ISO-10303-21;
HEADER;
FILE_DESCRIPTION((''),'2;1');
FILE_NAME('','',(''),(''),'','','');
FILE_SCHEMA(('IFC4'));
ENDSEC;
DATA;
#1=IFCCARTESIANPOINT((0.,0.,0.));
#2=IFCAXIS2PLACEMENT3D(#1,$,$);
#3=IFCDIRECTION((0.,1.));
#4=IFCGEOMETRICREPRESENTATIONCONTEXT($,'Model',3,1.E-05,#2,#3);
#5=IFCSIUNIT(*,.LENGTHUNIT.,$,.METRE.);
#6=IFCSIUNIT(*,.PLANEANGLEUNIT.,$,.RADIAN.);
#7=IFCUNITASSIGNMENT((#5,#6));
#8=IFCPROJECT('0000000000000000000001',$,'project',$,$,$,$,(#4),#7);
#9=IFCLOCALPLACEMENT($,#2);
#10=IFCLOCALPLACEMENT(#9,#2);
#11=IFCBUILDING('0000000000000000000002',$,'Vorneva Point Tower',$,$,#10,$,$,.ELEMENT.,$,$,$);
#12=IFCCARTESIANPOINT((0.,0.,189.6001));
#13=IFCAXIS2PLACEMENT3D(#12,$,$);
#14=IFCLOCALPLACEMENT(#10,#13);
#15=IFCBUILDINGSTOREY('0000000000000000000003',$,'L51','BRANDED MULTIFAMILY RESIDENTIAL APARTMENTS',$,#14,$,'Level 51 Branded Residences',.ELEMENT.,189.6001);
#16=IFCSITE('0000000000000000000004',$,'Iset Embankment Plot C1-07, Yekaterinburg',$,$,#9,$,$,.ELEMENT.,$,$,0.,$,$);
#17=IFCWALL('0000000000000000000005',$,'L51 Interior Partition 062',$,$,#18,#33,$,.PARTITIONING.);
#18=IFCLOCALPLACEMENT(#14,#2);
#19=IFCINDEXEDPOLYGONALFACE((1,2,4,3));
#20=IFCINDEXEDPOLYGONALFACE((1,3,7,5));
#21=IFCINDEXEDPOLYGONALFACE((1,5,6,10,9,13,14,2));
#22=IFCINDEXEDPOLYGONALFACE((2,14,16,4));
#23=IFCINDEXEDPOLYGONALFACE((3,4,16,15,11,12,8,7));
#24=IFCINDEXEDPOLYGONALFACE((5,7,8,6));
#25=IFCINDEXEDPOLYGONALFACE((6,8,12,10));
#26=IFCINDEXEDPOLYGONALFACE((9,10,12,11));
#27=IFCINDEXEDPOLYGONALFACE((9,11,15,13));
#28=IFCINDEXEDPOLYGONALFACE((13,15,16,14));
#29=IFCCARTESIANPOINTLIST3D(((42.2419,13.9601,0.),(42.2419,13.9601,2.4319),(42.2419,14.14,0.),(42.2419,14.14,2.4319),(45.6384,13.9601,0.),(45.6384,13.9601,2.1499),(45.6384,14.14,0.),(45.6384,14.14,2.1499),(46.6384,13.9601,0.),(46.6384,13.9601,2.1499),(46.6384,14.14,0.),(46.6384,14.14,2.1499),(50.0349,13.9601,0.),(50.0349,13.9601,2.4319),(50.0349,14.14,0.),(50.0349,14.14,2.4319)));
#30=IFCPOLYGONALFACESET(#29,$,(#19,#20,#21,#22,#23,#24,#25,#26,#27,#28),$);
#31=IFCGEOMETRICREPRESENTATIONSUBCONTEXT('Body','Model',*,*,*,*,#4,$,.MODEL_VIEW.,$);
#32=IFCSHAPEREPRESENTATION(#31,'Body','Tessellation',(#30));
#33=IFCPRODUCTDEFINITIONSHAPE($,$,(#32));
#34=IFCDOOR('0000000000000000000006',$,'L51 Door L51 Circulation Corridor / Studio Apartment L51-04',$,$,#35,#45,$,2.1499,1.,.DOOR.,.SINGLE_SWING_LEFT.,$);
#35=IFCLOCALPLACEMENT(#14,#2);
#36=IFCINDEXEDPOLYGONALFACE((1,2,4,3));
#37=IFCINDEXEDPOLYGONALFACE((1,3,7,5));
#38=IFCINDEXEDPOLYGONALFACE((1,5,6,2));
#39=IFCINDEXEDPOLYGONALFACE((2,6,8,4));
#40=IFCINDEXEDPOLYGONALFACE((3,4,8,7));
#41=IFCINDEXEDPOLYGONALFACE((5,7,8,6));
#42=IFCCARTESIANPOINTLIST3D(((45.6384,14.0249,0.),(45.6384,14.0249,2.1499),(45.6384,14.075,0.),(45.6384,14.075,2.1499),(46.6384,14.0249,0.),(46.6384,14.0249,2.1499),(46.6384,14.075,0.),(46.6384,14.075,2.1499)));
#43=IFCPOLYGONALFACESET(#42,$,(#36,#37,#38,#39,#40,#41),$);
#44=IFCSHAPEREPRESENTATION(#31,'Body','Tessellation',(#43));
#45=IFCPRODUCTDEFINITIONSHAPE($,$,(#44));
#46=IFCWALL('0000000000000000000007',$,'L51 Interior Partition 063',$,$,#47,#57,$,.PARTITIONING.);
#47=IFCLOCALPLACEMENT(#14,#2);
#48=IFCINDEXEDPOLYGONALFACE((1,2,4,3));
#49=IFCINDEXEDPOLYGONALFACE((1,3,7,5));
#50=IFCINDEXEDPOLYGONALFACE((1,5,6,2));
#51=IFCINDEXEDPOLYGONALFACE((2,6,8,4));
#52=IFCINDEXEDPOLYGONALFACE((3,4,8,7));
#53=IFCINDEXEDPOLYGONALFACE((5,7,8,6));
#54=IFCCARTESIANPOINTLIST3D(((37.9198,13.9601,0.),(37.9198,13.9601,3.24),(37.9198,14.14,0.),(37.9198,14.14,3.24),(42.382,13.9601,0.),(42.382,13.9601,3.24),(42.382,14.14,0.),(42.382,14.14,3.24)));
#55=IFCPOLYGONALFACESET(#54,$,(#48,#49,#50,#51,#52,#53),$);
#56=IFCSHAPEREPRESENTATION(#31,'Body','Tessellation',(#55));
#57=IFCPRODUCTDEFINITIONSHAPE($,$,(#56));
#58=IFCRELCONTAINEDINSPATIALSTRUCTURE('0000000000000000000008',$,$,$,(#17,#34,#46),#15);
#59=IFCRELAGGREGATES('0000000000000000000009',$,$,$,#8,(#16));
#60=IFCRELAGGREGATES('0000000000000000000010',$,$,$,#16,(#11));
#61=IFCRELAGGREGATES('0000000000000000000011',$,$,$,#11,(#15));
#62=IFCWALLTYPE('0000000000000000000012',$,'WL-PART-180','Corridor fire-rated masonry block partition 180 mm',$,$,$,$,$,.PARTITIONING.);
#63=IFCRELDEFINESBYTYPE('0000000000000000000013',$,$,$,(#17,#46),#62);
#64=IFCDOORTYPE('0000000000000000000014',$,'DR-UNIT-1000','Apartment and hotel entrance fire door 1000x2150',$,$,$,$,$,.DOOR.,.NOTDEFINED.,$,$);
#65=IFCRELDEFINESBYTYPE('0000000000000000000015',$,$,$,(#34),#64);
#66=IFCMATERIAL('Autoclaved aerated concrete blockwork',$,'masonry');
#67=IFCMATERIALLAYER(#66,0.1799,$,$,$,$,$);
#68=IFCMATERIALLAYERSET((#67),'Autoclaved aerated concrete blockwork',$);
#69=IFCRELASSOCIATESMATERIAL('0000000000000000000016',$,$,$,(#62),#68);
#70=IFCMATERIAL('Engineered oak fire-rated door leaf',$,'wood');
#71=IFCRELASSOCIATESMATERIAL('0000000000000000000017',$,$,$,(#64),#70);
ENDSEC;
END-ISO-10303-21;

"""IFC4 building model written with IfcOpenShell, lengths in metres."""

from ifc_helpers import new_model, si_unit, direction, frame, frame_2d, origin, place, context, subcontext, project, spatial, rectangle, extrude, material, layer, layer_set, type_object, element, fill, save


model = new_model("IFC4")

# Units and contexts
model_context = context("Model", 3, precision=1e-05, world=origin(), true_north=direction((0.0, 1.0)))
body_context = subcontext(model_context, "Body", "Model", "MODEL_VIEW")
ifc_project = project(units=[si_unit("LENGTHUNIT", "METRE"), si_unit("PLANEANGLEUNIT", "RADIAN")], contexts=[model_context])

# Site, building, storey
site_placement = place(None, origin())
site = spatial("IfcSite", under=ifc_project, at=site_placement, Name="Iset Embankment Plot C1-07, Yekaterinburg", CompositionType="ELEMENT", RefElevation=0.0)
building_placement = place(site_placement, origin())
building = spatial("IfcBuilding", under=site, at=building_placement, Name="Vorneva Point Tower", CompositionType="ELEMENT")
storey_placement = place(building_placement, frame((0.0, 0.0, 189.6001)))
storey = spatial("IfcBuildingStorey", under=building, at=storey_placement, Name="L51", Description="BRANDED MULTIFAMILY RESIDENTIAL APARTMENTS", LongName="Level 51 Branded Residences", CompositionType="ELEMENT", Elevation=189.6001)

# Shared definitions
ifc_material_1 = material(Name="Engineered oak fire-rated door leaf", Category="wood")

# Wall, opening, door
ifc_material_2 = material(Name="Autoclaved aerated concrete blockwork", Category="masonry")
ifc_layer_1 = layer(ifc_material_2, 0.1799)
ifc_layer_set_1 = layer_set([ifc_layer_1], Name="Autoclaved aerated concrete blockwork")
wall_type_1 = type_object("IfcWallType", Name="WL-PART-180", Description="Corridor fire-rated masonry block partition 180 mm", PredefinedType="PARTITIONING", material=ifc_layer_set_1)
wall_1_placement = place(storey_placement, frame((42.2419, 14.05, 0.0), z_axis=(0.0, 0.0, 1.0), x_axis=(1.0, 0.0, 0.0)))
wall_1 = element("IfcWall", 1, at=wall_1_placement, inside=storey, type_object=wall_type_1, Name="L51 Interior Partition 062", PredefinedType="PARTITIONING", context=body_context, shape_type="SweptSolid", body=[
    extrude(rectangle(XDim=7.793, YDim=0.1799, at=frame_2d((3.8965, 0.0))), origin(), (0.0, 0.0, 1.0), 2.4319),
])
opening_1_placement = place(wall_1_placement, frame((3.3965, 0.0, 0.0)))
opening_1 = element("IfcOpeningElement", 2, at=opening_1_placement, cuts=wall_1, PredefinedType="OPENING", context=body_context, shape_type="SweptSolid", body=[
    extrude(rectangle(XDim=1.0, YDim=2.1499, at=frame_2d((0.5, 1.075))), frame((0.0, 0.105, 0.0), z_axis=(0.0, -1.0, 0.0), x_axis=(1.0, 0.0, 0.0)), (0.0, 0.0, 1.0), 0.2097),
])
door_type_1 = type_object("IfcDoorType", Name="DR-UNIT-1000", Description="Apartment and hotel entrance fire door 1000x2150", OperationType="NOTDEFINED", PredefinedType="DOOR", material=ifc_material_1)
door_1_placement = place(opening_1_placement, origin())
door_1 = element("IfcDoor", 3, at=door_1_placement, inside=storey, type_object=door_type_1, Name="L51 Door L51 Circulation Corridor / Studio Apartment L51-04", OperationType="SINGLE_SWING_LEFT", OverallHeight=2.1499, OverallWidth=1.0, PredefinedType="DOOR", context=body_context, shape_type="SweptSolid", body=[
    extrude(rectangle(XDim=1.0, YDim=2.1499, at=frame_2d((0.5, 1.075))), frame((0.0, 0.0249, 0.0), z_axis=(0.0, -1.0, 0.0), x_axis=(1.0, 0.0, 0.0)), (0.0, 0.0, 1.0), 0.05),
])
fill(opening_1, door_1)

# Wall
wall_2_placement = place(storey_placement, frame((37.9199, 14.05, 0.0), z_axis=(0.0, 0.0, 1.0), x_axis=(1.0, 0.0, 0.0)))
element("IfcWall", 4, at=wall_2_placement, inside=storey, type_object=wall_type_1, Name="L51 Interior Partition 063", PredefinedType="PARTITIONING", context=body_context, shape_type="SweptSolid", body=[
    extrude(rectangle(XDim=4.4622, YDim=0.1799, at=frame_2d((2.231, 0.0))), origin(), (0.0, 0.0, 1.0), 3.24),
])

save(model, "model.ifc")
